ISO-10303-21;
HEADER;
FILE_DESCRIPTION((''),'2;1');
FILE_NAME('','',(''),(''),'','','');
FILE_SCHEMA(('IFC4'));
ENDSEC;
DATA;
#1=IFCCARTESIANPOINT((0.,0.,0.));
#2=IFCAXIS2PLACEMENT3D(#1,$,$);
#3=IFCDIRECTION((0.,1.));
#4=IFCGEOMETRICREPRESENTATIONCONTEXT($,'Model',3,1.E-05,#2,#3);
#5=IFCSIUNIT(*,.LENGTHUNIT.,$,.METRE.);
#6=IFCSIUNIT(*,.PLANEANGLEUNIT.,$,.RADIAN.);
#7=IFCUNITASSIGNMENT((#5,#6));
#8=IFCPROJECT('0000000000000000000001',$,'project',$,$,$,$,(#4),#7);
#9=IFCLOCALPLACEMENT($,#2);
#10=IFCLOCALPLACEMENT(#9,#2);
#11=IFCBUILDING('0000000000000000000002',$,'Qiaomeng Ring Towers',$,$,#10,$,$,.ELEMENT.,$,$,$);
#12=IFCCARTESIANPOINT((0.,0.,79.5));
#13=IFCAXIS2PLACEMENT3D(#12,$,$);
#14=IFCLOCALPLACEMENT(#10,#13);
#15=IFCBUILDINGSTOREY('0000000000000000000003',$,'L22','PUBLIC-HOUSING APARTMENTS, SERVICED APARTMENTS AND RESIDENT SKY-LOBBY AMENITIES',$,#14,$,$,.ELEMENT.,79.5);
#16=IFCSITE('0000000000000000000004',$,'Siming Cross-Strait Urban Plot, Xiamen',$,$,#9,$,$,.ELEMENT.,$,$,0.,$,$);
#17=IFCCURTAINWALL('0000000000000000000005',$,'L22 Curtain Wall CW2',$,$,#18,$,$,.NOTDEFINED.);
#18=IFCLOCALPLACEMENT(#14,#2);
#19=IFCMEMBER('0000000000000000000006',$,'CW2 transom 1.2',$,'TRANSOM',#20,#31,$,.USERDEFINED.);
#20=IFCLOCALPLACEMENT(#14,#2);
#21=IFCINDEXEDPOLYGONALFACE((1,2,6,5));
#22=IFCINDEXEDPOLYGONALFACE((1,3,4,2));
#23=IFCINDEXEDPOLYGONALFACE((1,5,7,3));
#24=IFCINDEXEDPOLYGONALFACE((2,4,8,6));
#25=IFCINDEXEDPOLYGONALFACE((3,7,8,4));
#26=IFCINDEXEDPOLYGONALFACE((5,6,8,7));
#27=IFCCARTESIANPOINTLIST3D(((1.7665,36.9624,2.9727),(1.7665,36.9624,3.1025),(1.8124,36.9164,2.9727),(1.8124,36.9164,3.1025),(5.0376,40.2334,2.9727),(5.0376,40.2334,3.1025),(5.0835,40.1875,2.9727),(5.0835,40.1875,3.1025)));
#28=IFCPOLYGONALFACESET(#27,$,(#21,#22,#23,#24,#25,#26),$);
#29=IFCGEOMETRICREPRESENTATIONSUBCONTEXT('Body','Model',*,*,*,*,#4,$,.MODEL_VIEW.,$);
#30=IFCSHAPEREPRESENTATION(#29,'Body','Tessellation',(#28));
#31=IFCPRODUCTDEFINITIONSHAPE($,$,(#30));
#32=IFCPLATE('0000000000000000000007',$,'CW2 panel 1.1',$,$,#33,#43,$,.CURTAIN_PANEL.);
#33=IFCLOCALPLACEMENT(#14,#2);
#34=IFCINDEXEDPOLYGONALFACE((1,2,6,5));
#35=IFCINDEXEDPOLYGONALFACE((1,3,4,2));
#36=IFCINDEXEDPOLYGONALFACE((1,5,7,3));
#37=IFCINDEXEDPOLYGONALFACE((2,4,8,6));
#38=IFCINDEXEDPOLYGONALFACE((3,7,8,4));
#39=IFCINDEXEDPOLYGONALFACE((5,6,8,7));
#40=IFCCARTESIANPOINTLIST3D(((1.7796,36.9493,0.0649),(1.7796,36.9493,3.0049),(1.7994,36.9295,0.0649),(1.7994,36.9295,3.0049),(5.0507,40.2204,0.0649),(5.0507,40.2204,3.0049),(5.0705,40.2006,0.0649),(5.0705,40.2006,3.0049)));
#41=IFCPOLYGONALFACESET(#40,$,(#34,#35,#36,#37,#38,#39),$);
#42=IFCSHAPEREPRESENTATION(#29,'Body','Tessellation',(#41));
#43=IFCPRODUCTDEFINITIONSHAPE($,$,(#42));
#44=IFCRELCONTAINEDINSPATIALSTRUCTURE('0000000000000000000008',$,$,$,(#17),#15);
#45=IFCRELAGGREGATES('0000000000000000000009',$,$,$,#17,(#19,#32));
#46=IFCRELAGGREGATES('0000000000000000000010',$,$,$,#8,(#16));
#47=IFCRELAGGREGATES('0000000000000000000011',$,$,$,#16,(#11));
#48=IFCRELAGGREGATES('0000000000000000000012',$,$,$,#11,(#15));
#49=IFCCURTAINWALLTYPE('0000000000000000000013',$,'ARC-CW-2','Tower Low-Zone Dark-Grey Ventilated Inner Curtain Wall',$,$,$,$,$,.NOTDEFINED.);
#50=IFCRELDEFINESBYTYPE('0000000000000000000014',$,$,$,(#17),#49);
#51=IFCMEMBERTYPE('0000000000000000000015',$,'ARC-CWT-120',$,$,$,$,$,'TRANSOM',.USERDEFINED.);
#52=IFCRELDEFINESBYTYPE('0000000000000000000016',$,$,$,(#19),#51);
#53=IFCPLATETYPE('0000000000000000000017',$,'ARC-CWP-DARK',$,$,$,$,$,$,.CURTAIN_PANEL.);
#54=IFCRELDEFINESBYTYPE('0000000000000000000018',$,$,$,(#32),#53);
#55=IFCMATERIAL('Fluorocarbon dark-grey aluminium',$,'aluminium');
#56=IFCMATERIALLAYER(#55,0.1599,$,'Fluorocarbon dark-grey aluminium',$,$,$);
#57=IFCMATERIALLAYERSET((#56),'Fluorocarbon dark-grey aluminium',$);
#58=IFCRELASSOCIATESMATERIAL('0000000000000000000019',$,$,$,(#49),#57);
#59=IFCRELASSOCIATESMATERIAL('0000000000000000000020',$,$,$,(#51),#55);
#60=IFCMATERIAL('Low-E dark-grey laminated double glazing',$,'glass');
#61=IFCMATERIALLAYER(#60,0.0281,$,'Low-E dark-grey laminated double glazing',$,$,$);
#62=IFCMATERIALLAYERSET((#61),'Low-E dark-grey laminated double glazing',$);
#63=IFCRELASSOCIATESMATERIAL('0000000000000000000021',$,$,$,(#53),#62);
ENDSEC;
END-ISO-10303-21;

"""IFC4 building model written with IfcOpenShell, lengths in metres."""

from ifc_helpers import new_model, si_unit, direction, frame, origin, origin_2d, place, context, subcontext, project, spatial, rectangle, extrude, source, transform, mapped, material, layer, layer_set, material_profile, profile_set, type_object, element, aggregate, save


model = new_model("IFC4")

# Units and contexts
model_context = context("Model", 3, precision=1e-05, world=origin(), true_north=direction((0.0, 1.0)))
body_context = subcontext(model_context, "Body", "Model", "MODEL_VIEW")
ifc_project = project(units=[si_unit("LENGTHUNIT", "METRE"), si_unit("PLANEANGLEUNIT", "RADIAN")], contexts=[model_context])

# Site, building, storey
site_placement = place(None, origin())
site = spatial("IfcSite", under=ifc_project, at=site_placement, Name="Siming Cross-Strait Urban Plot, Xiamen", CompositionType="ELEMENT", RefElevation=0.0)
building_placement = place(site_placement, origin())
building = spatial("IfcBuilding", under=site, at=building_placement, Name="Qiaomeng Ring Towers", CompositionType="ELEMENT")
storey_placement = place(building_placement, frame((0.0, 0.0, 79.5)))
storey = spatial("IfcBuildingStorey", under=building, at=storey_placement, Name="L22", Description="PUBLIC-HOUSING APARTMENTS, SERVICED APARTMENTS AND RESIDENT SKY-LOBBY AMENITIES", CompositionType="ELEMENT", Elevation=79.5)

# Curtain wall, member, plate
ifc_material_1 = material(Name="Fluorocarbon dark-grey aluminium", Category="aluminium")
ifc_layer_1 = layer(ifc_material_1, 0.1599, Name="Fluorocarbon dark-grey aluminium")
ifc_layer_set_1 = layer_set([ifc_layer_1], Name="Fluorocarbon dark-grey aluminium")
curtain_wall_type = type_object("IfcCurtainWallType", Name="ARC-CW-2", Description="Tower Low-Zone Dark-Grey Ventilated Inner Curtain Wall", PredefinedType="NOTDEFINED", material=ifc_layer_set_1)
curtain_wall_placement = place(storey_placement, origin())
curtain_wall = element("IfcCurtainWall", 1, at=curtain_wall_placement, inside=storey, type_object=curtain_wall_type, Name="L22 Curtain Wall CW2", PredefinedType="NOTDEFINED")
ifc_material_profile_1 = material_profile(ifc_material_1, rectangle(XDim=0.0649, YDim=0.1299, at=origin_2d()), Name="ALU TRAN 65x130")
ifc_profile_set_1 = profile_set([ifc_material_profile_1], Name="Fluorocarbon dark-grey aluminium")
member_type_1 = type_object("IfcMemberType", Name="ARC-CWT-120", ElementType="TRANSOM", PredefinedType="USERDEFINED", material=ifc_profile_set_1)
shared_shape_1 = source(origin(), body_context, "Body", "SweptSolid", [
    extrude(rectangle(XDim=0.0649, YDim=0.1299, at=origin_2d()), origin(), (0.0, 0.0, 1.0), 4.626),
])
member_1_placement = place(storey_placement, frame((5.0605, 40.2104, 3.0376), z_axis=(-0.707107, -0.707107, 0.0), x_axis=(0.707107, -0.707107, 0.0)))
member_1 = element("IfcMember", 2, at=member_1_placement, type_object=member_type_1, Name="CW2 transom 1.2", ObjectType="TRANSOM", PredefinedType="USERDEFINED", context=body_context, shape_type="MappedRepresentation", body=[
    mapped(shared_shape_1, transform((0.0, 0.0, 0.0), x_axis=(1.0, 0.0, 0.0), y_axis=(0.0, 1.0, 0.0), z_axis=(0.0, 0.0, 1.0), scale=1.0)),
])
ifc_material_2 = material(Name="Low-E dark-grey laminated double glazing", Category="glass")
ifc_layer_2 = layer(ifc_material_2, 0.0281, Name="Low-E dark-grey laminated double glazing")
ifc_layer_set_2 = layer_set([ifc_layer_2], Name="Low-E dark-grey laminated double glazing")
plate_type = type_object("IfcPlateType", Name="ARC-CWP-DARK", PredefinedType="CURTAIN_PANEL", material=ifc_layer_set_2)
shared_shape_2 = source(origin(), body_context, "Body", "SweptSolid", [
    extrude(rectangle(XDim=4.626, YDim=0.0281, at=origin_2d()), origin(), (0.0, 0.0, 1.0), 2.9399),
])
plate_placement = place(storey_placement, frame((3.425, 38.575, 0.0649), z_axis=(0.0, 0.0, 1.0), x_axis=(-0.707107, -0.707107, 0.0)))
plate = element("IfcPlate", 3, at=plate_placement, type_object=plate_type, Name="CW2 panel 1.1", PredefinedType="CURTAIN_PANEL", context=body_context, shape_type="MappedRepresentation", body=[
    mapped(shared_shape_2, transform((0.0, 0.0, 0.0), x_axis=(1.0, 0.0, 0.0), y_axis=(0.0, 1.0, 0.0), z_axis=(0.0, 0.0, 1.0), scale=1.0)),
])
aggregate(curtain_wall, [member_1, plate])

save(model, "model.ifc")
